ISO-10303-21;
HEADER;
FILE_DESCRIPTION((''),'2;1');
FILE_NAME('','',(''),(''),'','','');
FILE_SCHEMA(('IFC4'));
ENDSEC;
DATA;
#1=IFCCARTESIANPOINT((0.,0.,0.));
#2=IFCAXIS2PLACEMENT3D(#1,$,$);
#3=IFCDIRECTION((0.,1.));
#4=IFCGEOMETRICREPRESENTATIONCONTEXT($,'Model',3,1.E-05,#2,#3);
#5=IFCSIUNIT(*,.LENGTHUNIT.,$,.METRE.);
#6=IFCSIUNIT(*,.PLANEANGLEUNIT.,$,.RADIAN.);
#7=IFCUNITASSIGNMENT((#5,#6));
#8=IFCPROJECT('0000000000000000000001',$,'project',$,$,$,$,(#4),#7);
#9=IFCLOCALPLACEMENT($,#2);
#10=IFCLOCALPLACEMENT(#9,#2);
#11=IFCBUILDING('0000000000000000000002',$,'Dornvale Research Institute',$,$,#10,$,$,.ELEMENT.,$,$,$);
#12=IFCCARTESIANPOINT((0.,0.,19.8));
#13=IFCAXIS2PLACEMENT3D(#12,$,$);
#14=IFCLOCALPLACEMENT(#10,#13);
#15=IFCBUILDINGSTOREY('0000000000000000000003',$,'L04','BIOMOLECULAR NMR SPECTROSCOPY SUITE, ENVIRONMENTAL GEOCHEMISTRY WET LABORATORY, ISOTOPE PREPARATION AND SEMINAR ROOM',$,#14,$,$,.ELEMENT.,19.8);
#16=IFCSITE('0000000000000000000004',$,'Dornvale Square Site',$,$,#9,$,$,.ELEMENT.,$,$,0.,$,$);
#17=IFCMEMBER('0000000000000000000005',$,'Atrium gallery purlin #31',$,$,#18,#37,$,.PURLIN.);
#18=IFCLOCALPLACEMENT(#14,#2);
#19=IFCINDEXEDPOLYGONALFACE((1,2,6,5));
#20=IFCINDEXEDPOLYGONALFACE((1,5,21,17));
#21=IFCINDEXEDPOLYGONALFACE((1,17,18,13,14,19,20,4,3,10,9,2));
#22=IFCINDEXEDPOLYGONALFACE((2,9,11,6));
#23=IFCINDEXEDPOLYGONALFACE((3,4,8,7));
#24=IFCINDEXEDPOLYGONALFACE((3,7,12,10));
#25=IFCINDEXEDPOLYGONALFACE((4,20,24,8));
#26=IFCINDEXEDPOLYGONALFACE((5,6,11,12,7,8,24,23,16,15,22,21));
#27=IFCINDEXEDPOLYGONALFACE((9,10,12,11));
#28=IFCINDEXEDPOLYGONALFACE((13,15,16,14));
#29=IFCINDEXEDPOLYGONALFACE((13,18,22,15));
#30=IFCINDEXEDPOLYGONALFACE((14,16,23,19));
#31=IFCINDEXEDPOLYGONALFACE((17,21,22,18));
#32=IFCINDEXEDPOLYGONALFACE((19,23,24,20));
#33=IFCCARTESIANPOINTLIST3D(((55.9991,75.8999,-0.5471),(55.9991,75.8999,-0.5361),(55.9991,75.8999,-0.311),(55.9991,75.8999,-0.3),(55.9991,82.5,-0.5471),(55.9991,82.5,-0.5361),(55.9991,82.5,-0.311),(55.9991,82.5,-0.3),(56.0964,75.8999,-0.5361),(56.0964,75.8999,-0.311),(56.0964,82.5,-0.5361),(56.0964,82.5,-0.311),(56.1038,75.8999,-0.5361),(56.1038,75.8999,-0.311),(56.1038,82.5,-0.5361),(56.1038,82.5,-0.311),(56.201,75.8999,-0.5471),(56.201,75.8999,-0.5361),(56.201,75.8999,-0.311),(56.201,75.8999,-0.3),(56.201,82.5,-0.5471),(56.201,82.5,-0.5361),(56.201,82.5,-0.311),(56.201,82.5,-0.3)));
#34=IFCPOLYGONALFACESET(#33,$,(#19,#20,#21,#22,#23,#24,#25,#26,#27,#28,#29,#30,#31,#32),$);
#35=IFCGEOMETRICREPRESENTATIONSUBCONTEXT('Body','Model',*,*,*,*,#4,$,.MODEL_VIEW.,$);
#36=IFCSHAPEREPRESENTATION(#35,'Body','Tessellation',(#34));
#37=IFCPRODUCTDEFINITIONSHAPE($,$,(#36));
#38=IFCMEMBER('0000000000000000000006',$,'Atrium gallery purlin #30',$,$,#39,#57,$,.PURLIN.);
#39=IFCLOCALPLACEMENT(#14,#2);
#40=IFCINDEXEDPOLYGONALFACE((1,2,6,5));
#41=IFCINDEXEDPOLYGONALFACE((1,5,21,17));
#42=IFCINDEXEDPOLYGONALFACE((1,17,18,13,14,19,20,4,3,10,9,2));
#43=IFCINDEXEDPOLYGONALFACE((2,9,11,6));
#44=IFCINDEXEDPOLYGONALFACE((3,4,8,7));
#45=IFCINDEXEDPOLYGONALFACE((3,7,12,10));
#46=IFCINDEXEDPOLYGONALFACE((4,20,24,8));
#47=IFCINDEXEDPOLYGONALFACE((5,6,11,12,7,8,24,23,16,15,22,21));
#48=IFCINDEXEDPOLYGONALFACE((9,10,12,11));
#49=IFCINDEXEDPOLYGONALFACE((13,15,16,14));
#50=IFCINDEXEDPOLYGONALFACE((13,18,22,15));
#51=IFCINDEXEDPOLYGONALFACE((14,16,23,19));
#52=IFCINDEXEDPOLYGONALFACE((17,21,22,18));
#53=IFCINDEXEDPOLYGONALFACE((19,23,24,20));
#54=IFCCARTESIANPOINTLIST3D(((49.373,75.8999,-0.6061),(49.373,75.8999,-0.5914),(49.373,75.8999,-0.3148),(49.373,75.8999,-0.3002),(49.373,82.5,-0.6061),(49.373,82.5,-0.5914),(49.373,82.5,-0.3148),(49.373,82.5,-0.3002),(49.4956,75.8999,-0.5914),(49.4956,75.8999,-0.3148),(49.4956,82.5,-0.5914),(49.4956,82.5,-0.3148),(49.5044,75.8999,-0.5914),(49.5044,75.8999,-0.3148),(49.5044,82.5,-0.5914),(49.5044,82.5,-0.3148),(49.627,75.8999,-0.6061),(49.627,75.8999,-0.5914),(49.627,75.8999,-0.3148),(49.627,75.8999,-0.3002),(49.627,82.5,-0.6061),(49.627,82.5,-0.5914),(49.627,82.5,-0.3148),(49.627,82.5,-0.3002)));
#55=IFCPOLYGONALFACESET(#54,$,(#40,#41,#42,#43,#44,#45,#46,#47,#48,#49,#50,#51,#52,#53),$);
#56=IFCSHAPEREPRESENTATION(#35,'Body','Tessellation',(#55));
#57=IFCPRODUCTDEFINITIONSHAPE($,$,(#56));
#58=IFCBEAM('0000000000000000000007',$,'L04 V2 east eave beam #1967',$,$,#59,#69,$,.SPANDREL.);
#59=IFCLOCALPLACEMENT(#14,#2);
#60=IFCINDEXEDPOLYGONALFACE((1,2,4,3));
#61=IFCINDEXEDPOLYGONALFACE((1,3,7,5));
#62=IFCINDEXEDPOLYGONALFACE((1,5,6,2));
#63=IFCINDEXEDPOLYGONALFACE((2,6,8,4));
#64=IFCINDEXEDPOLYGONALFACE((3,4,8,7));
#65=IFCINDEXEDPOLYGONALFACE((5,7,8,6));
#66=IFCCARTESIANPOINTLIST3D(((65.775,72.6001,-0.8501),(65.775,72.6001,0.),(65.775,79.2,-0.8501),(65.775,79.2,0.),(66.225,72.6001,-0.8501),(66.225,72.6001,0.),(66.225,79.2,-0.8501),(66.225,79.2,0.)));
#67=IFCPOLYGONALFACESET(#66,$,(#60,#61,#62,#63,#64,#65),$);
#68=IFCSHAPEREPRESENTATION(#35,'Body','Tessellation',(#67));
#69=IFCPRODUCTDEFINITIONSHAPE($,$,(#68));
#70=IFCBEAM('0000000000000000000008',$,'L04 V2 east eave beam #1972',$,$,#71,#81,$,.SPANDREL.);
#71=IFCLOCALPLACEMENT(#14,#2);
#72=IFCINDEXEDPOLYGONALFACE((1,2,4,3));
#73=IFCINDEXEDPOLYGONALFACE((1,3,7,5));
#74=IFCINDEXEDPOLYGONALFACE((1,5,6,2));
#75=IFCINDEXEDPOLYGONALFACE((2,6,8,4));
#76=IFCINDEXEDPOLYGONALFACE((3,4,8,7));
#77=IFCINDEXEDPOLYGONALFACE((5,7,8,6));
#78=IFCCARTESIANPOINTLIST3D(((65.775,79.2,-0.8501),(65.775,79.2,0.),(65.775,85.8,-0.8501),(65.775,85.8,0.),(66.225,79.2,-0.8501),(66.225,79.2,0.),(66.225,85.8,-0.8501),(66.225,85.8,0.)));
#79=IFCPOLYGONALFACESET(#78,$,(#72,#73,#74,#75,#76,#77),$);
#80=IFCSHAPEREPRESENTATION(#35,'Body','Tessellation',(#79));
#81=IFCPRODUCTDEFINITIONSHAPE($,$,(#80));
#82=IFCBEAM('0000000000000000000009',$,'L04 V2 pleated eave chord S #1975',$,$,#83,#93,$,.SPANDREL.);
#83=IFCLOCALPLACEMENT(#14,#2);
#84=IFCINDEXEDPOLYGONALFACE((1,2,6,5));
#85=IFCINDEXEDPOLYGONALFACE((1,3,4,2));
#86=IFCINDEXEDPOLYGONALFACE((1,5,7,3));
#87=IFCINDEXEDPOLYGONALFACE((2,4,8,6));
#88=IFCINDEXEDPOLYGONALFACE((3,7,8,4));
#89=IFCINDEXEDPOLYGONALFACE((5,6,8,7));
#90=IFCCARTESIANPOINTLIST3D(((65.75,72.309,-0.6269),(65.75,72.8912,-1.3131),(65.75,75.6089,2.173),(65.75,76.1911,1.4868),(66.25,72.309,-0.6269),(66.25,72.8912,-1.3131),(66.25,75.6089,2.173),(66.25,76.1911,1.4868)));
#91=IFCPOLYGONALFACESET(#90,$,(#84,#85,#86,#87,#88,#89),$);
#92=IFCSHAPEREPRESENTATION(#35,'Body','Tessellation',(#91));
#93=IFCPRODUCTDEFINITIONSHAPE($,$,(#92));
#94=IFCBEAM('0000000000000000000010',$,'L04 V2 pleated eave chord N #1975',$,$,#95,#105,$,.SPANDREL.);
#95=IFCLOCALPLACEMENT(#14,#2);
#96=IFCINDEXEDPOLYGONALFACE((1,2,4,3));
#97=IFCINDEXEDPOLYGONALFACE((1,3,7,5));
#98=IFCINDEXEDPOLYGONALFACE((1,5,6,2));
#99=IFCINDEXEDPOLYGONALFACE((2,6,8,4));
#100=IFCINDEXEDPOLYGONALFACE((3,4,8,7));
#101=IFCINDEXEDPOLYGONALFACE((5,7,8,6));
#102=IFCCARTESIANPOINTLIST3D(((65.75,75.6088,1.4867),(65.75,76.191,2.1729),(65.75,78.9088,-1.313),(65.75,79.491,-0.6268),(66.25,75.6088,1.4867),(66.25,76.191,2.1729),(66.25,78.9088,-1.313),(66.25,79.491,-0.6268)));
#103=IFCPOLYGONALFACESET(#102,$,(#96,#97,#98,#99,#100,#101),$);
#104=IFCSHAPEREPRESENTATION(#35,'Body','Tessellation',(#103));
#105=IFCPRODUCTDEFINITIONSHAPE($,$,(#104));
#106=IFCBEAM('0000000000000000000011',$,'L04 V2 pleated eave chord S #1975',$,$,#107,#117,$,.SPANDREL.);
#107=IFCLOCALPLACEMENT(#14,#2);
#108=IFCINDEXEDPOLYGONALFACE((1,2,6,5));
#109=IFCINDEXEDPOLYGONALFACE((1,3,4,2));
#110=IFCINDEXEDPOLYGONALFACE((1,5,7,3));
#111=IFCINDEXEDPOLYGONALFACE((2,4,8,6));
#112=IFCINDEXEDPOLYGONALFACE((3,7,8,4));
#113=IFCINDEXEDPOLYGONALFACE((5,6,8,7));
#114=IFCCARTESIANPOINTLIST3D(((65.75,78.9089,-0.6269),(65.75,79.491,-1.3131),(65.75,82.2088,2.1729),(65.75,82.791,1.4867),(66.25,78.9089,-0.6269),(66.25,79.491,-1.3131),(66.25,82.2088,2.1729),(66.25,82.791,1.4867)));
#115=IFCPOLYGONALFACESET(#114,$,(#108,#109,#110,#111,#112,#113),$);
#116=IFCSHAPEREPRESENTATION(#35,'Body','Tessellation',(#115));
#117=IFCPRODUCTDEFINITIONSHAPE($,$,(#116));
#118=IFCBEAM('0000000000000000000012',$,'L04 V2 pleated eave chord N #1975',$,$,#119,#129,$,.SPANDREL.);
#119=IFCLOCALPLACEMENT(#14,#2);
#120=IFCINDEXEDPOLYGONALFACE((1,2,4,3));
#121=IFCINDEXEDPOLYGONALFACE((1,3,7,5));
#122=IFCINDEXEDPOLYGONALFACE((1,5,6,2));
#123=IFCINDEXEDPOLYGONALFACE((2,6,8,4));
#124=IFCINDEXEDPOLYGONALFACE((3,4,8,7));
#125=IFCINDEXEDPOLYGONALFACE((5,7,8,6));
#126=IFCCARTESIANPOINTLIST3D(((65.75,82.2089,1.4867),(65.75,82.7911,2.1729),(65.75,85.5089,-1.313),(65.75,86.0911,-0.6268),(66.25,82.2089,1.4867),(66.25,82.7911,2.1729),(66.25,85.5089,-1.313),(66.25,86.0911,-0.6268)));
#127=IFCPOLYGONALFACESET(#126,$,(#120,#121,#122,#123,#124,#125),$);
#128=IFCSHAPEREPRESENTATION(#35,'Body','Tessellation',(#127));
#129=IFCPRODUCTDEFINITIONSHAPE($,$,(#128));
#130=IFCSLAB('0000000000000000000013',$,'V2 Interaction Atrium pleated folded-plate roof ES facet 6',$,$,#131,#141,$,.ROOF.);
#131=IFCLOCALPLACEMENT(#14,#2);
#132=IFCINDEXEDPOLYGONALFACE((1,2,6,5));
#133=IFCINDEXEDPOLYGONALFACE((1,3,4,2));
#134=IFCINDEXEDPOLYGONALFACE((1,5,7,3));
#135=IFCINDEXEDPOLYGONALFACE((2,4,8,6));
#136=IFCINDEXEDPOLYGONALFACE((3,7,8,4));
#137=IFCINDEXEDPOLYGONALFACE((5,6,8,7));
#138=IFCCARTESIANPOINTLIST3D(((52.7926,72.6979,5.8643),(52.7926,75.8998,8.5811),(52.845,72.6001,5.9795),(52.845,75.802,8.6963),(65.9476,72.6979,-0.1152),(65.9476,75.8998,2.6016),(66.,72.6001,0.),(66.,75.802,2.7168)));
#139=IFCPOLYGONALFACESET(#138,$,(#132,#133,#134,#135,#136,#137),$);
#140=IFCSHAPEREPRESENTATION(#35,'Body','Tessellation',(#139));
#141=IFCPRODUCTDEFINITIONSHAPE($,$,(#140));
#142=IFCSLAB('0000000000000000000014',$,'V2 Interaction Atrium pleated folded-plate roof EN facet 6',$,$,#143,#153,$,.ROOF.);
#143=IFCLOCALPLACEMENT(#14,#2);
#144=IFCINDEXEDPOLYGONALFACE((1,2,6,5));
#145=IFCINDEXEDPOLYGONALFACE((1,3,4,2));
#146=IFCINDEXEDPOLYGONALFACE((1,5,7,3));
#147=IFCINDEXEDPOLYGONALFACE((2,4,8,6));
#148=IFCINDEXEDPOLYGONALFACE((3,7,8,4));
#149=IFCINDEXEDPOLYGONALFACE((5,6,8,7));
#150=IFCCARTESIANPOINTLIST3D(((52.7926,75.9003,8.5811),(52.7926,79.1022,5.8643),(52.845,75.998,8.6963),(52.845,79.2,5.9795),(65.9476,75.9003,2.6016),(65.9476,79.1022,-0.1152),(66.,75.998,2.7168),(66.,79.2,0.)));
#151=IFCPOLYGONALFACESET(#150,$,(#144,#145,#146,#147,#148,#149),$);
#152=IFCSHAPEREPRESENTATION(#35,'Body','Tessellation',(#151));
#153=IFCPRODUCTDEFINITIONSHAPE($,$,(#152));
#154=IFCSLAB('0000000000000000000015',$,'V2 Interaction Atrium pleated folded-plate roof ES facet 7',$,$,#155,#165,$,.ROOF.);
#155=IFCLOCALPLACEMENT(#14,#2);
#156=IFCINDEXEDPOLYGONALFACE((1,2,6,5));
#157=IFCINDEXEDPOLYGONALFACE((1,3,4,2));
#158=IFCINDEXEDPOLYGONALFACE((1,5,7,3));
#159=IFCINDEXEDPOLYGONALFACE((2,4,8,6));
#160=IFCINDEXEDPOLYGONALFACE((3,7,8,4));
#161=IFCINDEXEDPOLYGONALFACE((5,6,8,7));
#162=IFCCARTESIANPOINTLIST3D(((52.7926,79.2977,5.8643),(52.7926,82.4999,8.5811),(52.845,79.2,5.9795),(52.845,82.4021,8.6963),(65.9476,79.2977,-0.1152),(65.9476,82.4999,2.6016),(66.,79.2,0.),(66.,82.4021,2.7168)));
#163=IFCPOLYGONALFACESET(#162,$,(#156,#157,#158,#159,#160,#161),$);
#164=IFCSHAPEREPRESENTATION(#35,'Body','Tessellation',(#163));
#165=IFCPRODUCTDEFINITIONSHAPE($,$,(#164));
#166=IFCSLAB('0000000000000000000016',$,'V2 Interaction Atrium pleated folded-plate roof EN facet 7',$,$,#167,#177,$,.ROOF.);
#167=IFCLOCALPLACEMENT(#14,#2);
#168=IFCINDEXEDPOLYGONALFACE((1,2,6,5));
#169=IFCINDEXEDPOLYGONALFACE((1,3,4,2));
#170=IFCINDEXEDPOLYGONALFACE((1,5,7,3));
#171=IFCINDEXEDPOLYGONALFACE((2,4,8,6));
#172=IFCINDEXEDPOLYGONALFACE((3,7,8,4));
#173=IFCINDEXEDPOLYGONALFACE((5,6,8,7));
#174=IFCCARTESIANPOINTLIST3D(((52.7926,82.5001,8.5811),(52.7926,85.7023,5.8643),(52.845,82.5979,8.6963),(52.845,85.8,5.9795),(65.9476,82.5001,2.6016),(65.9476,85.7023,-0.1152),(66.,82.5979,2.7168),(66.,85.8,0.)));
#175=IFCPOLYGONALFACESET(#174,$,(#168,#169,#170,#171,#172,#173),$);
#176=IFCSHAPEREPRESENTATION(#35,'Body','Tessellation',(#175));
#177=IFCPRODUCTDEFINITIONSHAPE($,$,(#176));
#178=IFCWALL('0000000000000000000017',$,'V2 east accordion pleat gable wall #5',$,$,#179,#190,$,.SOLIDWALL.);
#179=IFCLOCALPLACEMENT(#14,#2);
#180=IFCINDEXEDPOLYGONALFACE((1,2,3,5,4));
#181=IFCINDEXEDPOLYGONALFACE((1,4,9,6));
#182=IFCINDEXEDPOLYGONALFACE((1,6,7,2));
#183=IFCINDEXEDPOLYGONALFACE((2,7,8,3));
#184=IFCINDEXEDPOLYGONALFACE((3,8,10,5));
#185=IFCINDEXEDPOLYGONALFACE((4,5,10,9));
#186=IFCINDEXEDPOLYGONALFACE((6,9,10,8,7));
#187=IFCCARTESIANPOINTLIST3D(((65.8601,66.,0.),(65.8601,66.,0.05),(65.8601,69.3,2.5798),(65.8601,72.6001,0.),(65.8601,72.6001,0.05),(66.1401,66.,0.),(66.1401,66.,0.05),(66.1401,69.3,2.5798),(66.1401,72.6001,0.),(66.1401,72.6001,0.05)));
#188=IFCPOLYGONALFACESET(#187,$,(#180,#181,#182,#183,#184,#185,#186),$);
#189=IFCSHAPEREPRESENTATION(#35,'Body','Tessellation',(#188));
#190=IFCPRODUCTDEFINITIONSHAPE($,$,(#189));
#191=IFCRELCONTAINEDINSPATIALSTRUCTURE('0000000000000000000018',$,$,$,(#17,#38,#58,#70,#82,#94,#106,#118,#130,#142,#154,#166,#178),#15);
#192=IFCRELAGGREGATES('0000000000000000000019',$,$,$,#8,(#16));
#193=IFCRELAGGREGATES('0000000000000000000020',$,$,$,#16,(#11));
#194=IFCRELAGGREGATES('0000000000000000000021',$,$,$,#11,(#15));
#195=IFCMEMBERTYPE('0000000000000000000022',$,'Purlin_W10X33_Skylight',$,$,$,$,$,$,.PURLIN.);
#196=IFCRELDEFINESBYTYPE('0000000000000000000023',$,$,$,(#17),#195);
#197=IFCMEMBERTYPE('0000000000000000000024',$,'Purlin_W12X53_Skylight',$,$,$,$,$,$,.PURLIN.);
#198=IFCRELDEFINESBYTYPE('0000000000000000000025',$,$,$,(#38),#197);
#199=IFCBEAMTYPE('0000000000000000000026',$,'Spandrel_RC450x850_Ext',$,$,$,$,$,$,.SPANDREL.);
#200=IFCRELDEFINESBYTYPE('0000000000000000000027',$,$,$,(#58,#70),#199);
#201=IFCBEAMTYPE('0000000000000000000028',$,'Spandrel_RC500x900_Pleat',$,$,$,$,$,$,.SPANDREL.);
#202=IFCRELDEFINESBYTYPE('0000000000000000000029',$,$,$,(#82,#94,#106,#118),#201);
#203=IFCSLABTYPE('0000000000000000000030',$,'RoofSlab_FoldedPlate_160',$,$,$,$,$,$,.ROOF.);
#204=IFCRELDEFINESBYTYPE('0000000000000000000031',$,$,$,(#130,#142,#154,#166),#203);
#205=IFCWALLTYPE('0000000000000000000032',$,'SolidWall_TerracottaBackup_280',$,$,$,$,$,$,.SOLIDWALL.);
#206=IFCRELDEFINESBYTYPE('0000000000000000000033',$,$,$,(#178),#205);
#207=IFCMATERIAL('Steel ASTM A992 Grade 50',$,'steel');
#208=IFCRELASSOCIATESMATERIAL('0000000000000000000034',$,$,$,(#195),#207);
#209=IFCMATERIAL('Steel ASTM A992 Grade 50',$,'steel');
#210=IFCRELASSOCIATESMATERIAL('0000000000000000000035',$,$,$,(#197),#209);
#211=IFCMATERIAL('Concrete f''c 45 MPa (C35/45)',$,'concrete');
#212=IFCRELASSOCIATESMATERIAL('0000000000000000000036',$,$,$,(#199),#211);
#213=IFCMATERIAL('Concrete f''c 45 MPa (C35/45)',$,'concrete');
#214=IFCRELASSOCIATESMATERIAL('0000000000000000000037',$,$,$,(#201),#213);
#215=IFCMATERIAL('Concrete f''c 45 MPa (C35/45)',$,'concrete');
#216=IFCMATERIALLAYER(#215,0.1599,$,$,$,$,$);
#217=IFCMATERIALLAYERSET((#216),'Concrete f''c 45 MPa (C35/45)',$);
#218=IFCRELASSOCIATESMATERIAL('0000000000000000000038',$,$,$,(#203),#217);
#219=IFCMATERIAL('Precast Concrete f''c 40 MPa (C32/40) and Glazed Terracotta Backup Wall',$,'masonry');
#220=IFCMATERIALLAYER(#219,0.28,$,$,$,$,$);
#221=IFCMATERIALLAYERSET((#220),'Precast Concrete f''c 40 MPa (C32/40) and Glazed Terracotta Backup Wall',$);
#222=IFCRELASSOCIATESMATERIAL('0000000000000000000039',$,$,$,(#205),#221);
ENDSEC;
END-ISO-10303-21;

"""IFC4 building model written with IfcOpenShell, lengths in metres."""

from ifc_helpers import new_model, si_unit, direction, frame, origin, origin_2d, place, context, subcontext, project, spatial, polyline, rectangle, i_section, outline, extrude, material, layer, layer_set, material_profile, profile_set, type_object, element, save


model = new_model("IFC4")

# Units and contexts
model_context = context("Model", 3, precision=1e-05, world=origin(), true_north=direction((0.0, 1.0)))
body_context = subcontext(model_context, "Body", "Model", "MODEL_VIEW")
ifc_project = project(units=[si_unit("LENGTHUNIT", "METRE"), si_unit("PLANEANGLEUNIT", "RADIAN")], contexts=[model_context])

# Site, building, storey
site_placement = place(None, origin())
site = spatial("IfcSite", under=ifc_project, at=site_placement, Name="Dornvale Square Site", CompositionType="ELEMENT", RefElevation=0.0)
building_placement = place(site_placement, origin())
building = spatial("IfcBuilding", under=site, at=building_placement, Name="Dornvale Research Institute", CompositionType="ELEMENT")
storey_placement = place(building_placement, frame((0.0, 0.0, 19.8)))
storey = spatial("IfcBuildingStorey", under=building, at=storey_placement, Name="L04", Description="BIOMOLECULAR NMR SPECTROSCOPY SUITE, ENVIRONMENTAL GEOCHEMISTRY WET LABORATORY, ISOTOPE PREPARATION AND SEMINAR ROOM", CompositionType="ELEMENT", Elevation=19.8)

# Members
ifc_material_1 = material(Name="Steel ASTM A992 Grade 50", Category="steel")
ifc_material_profile_1 = material_profile(ifc_material_1, i_section(OverallWidth=0.2019, OverallDepth=0.2471, WebThickness=0.0073, FlangeThickness=0.011, at=origin_2d()), Name="W10X33")
ifc_profile_set_1 = profile_set([ifc_material_profile_1], Name="Steel ASTM A992 Grade 50")
member_type_1 = type_object("IfcMemberType", Name="Purlin_W10X33_Skylight", PredefinedType="PURLIN", material=ifc_profile_set_1)
member_1_placement = place(storey_placement, frame((56.1001, 75.8999, -0.4236), z_axis=(0.0, 1.0, 0.0), x_axis=(-1.0, 0.0, 0.0)))
element("IfcMember", 1, at=member_1_placement, inside=storey, type_object=member_type_1, Name="Atrium gallery purlin #31", PredefinedType="PURLIN", context=body_context, shape_type="SweptSolid", body=[
    extrude(i_section(OverallWidth=0.2019, OverallDepth=0.2471, WebThickness=0.0073, FlangeThickness=0.011, at=origin_2d()), origin(), (0.0, 0.0, 1.0), 6.6001),
])
ifc_material_2 = material(Name="Steel ASTM A992 Grade 50", Category="steel")
ifc_material_profile_2 = material_profile(ifc_material_2, i_section(OverallWidth=0.2539, OverallDepth=0.3059, WebThickness=0.0088, FlangeThickness=0.0146, at=origin_2d()), Name="W12X53")
ifc_profile_set_2 = profile_set([ifc_material_profile_2], Name="Steel ASTM A992 Grade 50")
member_type_2 = type_object("IfcMemberType", Name="Purlin_W12X53_Skylight", PredefinedType="PURLIN", material=ifc_profile_set_2)
member_2_placement = place(storey_placement, frame((49.5, 75.8999, -0.4531), z_axis=(0.0, 1.0, 0.0), x_axis=(-1.0, 0.0, 0.0)))
element("IfcMember", 2, at=member_2_placement, inside=storey, type_object=member_type_2, Name="Atrium gallery purlin #30", PredefinedType="PURLIN", context=body_context, shape_type="SweptSolid", body=[
    extrude(i_section(OverallWidth=0.2539, OverallDepth=0.3059, WebThickness=0.0088, FlangeThickness=0.0146, at=origin_2d()), origin(), (0.0, 0.0, 1.0), 6.6001),
])

# Beams
ifc_material_3 = material(Name="Concrete f'c 45 MPa (C35/45)", Category="concrete")
ifc_material_profile_3 = material_profile(ifc_material_3, rectangle(XDim=0.45, YDim=0.8501, at=origin_2d()), Name="RC 450x850")
ifc_profile_set_3 = profile_set([ifc_material_profile_3], Name="Concrete f'c 45 MPa (C35/45)")
beam_type_1 = type_object("IfcBeamType", Name="Spandrel_RC450x850_Ext", PredefinedType="SPANDREL", material=ifc_profile_set_3)
beam_1_placement = place(storey_placement, frame((66.0, 72.6001, -0.425), z_axis=(0.0, 1.0, 0.0), x_axis=(-1.0, 0.0, 0.0)))
element("IfcBeam", 3, at=beam_1_placement, inside=storey, type_object=beam_type_1, Name="L04 V2 east eave beam #1967", PredefinedType="SPANDREL", context=body_context, shape_type="SweptSolid", body=[
    extrude(rectangle(XDim=0.45, YDim=0.8501, at=origin_2d()), origin(), (0.0, 0.0, 1.0), 6.5999),
])
beam_2_placement = place(storey_placement, frame((66.0, 79.2, -0.425), z_axis=(0.0, 1.0, 0.0), x_axis=(-1.0, 0.0, 0.0)))
element("IfcBeam", 4, at=beam_2_placement, inside=storey, type_object=beam_type_1, Name="L04 V2 east eave beam #1972", PredefinedType="SPANDREL", context=body_context, shape_type="SweptSolid", body=[
    extrude(rectangle(XDim=0.45, YDim=0.8501, at=origin_2d()), origin(), (0.0, 0.0, 1.0), 6.6001),
])
ifc_material_4 = material(Name="Concrete f'c 45 MPa (C35/45)", Category="concrete")
ifc_material_profile_4 = material_profile(ifc_material_4, rectangle(XDim=0.5, YDim=0.8999, at=origin_2d()), Name="RC 500x900")
ifc_profile_set_4 = profile_set([ifc_material_profile_4], Name="Concrete f'c 45 MPa (C35/45)")
beam_type_2 = type_object("IfcBeamType", Name="Spandrel_RC500x900_Pleat", PredefinedType="SPANDREL", material=ifc_profile_set_4)
for number, where, z_axis, x_axis, name in (
    (5, (66.0, 72.6001, -0.97), (0.0, 0.762513, 0.646973), (-1.0, 0.0, 0.0), "L04 V2 pleated eave chord S #1975"),
    (6, (66.0, 75.8999, 1.8298), (0.0, 0.762536, -0.646946), (-1.0, 0.0, 0.0), "L04 V2 pleated eave chord N #1975"),
    (7, (66.0, 79.2, -0.97), (0.0, 0.762536, 0.646946), (-1.0, 0.0, 0.0), "L04 V2 pleated eave chord S #1975"),
    (8, (66.0, 82.5, 1.8298), (0.0, 0.762536, -0.646946), (-1.0, 0.0, 0.0), "L04 V2 pleated eave chord N #1975"),
):
    element("IfcBeam", number, at=place(storey_placement, frame(where, z_axis=z_axis, x_axis=x_axis)), inside=storey, type_object=beam_type_2, Name=name, PredefinedType="SPANDREL", context=body_context, shape_type="SweptSolid", body=[
        extrude(rectangle(XDim=0.5, YDim=0.8999, at=origin_2d()), origin(), (0.0, 0.0, 1.0), 4.3276),
    ])

# Slabs
ifc_material_5 = material(Name="Concrete f'c 45 MPa (C35/45)", Category="concrete")
ifc_layer_1 = layer(ifc_material_5, 0.1599)
ifc_layer_set_1 = layer_set([ifc_layer_1], Name="Concrete f'c 45 MPa (C35/45)")
slab_type = type_object("IfcSlabType", Name="RoofSlab_FoldedPlate_160", PredefinedType="ROOF", material=ifc_layer_set_1)
slab_1_placement = place(storey_placement, frame((52.845, 72.6001, 5.9795), z_axis=(0.327478, -0.611306, 0.72046), x_axis=(0.910368, 0.0, -0.413799)))
element("IfcSlab", 9, at=slab_1_placement, inside=storey, type_object=slab_type, Name="V2 Interaction Atrium pleated folded-plate roof ES facet 6", PredefinedType="ROOF", context=body_context, shape_type="SweptSolid", body=[
    extrude(outline(polyline([(0.0, 0.0), (14.4502, 0.0), (13.326, 4.0459), (-1.1242, 4.0459), (0.0, 0.0)])), origin(), (0.0, 0.0, -1.0), 0.1599),
])
slab_2_placement = place(storey_placement, frame((52.845, 75.998, 8.6963), z_axis=(0.327478, 0.611306, 0.72046), x_axis=(0.910368, 0.0, -0.413799)))
element("IfcSlab", 10, at=slab_2_placement, inside=storey, type_object=slab_type, Name="V2 Interaction Atrium pleated folded-plate roof EN facet 6", PredefinedType="ROOF", context=body_context, shape_type="SweptSolid", body=[
    extrude(outline(polyline([(0.0, 0.0), (14.4502, 0.0), (15.5744, 4.0459), (1.1242, 4.0459), (0.0, 0.0)])), origin(), (0.0, 0.0, -1.0), 0.1599),
])
slab_3_placement = place(storey_placement, frame((52.845, 79.2, 5.9795), z_axis=(0.327488, -0.611277, 0.720481), x_axis=(0.910368, 0.0, -0.413799)))
element("IfcSlab", 11, at=slab_3_placement, inside=storey, type_object=slab_type, Name="V2 Interaction Atrium pleated folded-plate roof ES facet 7", PredefinedType="ROOF", context=body_context, shape_type="SweptSolid", body=[
    extrude(outline(polyline([(0.0, 0.0), (14.4502, 0.0), (13.326, 4.0461), (-1.1242, 4.0461), (0.0, 0.0)])), origin(), (0.0, 0.0, -1.0), 0.1599),
])
slab_4_placement = place(storey_placement, frame((52.845, 82.5979, 8.6963), z_axis=(0.327488, 0.611277, 0.720481), x_axis=(0.910368, 0.0, -0.413799)))
element("IfcSlab", 12, at=slab_4_placement, inside=storey, type_object=slab_type, Name="V2 Interaction Atrium pleated folded-plate roof EN facet 7", PredefinedType="ROOF", context=body_context, shape_type="SweptSolid", body=[
    extrude(outline(polyline([(0.0, 0.0), (14.4502, 0.0), (15.5744, 4.0461), (1.1242, 4.0461), (0.0, 0.0)])), origin(), (0.0, 0.0, -1.0), 0.1599),
])

# Wall
ifc_material_6 = material(Name="Precast Concrete f'c 40 MPa (C32/40) and Glazed Terracotta Backup Wall", Category="masonry")
ifc_layer_2 = layer(ifc_material_6, 0.28)
ifc_layer_set_2 = layer_set([ifc_layer_2], Name="Precast Concrete f'c 40 MPa (C32/40) and Glazed Terracotta Backup Wall")
wall_type = type_object("IfcWallType", Name="SolidWall_TerracottaBackup_280", PredefinedType="SOLIDWALL", material=ifc_layer_set_2)
wall_1_placement = place(storey_placement, frame((66.0, 72.6001, 0.0), z_axis=(0.0, 0.0, 1.0), x_axis=(0.0, -1.0, 0.0)))
element("IfcWall", 13, at=wall_1_placement, inside=storey, type_object=wall_type, Name="V2 east accordion pleat gable wall #5", PredefinedType="SOLIDWALL", context=body_context, shape_type="SweptSolid", body=[
    extrude(outline(polyline([(0.0, 0.0), (6.6001, 0.0), (6.6001, 0.05), (3.3, 2.5798), (0.0, 0.05), (0.0, 0.0)])), frame((0.0, 0.1401, 0.0), z_axis=(0.0, -1.0, 0.0), x_axis=(1.0, 0.0, 0.0)), (0.0, 0.0, 1.0), 0.28),
])

save(model, "model.ifc")
